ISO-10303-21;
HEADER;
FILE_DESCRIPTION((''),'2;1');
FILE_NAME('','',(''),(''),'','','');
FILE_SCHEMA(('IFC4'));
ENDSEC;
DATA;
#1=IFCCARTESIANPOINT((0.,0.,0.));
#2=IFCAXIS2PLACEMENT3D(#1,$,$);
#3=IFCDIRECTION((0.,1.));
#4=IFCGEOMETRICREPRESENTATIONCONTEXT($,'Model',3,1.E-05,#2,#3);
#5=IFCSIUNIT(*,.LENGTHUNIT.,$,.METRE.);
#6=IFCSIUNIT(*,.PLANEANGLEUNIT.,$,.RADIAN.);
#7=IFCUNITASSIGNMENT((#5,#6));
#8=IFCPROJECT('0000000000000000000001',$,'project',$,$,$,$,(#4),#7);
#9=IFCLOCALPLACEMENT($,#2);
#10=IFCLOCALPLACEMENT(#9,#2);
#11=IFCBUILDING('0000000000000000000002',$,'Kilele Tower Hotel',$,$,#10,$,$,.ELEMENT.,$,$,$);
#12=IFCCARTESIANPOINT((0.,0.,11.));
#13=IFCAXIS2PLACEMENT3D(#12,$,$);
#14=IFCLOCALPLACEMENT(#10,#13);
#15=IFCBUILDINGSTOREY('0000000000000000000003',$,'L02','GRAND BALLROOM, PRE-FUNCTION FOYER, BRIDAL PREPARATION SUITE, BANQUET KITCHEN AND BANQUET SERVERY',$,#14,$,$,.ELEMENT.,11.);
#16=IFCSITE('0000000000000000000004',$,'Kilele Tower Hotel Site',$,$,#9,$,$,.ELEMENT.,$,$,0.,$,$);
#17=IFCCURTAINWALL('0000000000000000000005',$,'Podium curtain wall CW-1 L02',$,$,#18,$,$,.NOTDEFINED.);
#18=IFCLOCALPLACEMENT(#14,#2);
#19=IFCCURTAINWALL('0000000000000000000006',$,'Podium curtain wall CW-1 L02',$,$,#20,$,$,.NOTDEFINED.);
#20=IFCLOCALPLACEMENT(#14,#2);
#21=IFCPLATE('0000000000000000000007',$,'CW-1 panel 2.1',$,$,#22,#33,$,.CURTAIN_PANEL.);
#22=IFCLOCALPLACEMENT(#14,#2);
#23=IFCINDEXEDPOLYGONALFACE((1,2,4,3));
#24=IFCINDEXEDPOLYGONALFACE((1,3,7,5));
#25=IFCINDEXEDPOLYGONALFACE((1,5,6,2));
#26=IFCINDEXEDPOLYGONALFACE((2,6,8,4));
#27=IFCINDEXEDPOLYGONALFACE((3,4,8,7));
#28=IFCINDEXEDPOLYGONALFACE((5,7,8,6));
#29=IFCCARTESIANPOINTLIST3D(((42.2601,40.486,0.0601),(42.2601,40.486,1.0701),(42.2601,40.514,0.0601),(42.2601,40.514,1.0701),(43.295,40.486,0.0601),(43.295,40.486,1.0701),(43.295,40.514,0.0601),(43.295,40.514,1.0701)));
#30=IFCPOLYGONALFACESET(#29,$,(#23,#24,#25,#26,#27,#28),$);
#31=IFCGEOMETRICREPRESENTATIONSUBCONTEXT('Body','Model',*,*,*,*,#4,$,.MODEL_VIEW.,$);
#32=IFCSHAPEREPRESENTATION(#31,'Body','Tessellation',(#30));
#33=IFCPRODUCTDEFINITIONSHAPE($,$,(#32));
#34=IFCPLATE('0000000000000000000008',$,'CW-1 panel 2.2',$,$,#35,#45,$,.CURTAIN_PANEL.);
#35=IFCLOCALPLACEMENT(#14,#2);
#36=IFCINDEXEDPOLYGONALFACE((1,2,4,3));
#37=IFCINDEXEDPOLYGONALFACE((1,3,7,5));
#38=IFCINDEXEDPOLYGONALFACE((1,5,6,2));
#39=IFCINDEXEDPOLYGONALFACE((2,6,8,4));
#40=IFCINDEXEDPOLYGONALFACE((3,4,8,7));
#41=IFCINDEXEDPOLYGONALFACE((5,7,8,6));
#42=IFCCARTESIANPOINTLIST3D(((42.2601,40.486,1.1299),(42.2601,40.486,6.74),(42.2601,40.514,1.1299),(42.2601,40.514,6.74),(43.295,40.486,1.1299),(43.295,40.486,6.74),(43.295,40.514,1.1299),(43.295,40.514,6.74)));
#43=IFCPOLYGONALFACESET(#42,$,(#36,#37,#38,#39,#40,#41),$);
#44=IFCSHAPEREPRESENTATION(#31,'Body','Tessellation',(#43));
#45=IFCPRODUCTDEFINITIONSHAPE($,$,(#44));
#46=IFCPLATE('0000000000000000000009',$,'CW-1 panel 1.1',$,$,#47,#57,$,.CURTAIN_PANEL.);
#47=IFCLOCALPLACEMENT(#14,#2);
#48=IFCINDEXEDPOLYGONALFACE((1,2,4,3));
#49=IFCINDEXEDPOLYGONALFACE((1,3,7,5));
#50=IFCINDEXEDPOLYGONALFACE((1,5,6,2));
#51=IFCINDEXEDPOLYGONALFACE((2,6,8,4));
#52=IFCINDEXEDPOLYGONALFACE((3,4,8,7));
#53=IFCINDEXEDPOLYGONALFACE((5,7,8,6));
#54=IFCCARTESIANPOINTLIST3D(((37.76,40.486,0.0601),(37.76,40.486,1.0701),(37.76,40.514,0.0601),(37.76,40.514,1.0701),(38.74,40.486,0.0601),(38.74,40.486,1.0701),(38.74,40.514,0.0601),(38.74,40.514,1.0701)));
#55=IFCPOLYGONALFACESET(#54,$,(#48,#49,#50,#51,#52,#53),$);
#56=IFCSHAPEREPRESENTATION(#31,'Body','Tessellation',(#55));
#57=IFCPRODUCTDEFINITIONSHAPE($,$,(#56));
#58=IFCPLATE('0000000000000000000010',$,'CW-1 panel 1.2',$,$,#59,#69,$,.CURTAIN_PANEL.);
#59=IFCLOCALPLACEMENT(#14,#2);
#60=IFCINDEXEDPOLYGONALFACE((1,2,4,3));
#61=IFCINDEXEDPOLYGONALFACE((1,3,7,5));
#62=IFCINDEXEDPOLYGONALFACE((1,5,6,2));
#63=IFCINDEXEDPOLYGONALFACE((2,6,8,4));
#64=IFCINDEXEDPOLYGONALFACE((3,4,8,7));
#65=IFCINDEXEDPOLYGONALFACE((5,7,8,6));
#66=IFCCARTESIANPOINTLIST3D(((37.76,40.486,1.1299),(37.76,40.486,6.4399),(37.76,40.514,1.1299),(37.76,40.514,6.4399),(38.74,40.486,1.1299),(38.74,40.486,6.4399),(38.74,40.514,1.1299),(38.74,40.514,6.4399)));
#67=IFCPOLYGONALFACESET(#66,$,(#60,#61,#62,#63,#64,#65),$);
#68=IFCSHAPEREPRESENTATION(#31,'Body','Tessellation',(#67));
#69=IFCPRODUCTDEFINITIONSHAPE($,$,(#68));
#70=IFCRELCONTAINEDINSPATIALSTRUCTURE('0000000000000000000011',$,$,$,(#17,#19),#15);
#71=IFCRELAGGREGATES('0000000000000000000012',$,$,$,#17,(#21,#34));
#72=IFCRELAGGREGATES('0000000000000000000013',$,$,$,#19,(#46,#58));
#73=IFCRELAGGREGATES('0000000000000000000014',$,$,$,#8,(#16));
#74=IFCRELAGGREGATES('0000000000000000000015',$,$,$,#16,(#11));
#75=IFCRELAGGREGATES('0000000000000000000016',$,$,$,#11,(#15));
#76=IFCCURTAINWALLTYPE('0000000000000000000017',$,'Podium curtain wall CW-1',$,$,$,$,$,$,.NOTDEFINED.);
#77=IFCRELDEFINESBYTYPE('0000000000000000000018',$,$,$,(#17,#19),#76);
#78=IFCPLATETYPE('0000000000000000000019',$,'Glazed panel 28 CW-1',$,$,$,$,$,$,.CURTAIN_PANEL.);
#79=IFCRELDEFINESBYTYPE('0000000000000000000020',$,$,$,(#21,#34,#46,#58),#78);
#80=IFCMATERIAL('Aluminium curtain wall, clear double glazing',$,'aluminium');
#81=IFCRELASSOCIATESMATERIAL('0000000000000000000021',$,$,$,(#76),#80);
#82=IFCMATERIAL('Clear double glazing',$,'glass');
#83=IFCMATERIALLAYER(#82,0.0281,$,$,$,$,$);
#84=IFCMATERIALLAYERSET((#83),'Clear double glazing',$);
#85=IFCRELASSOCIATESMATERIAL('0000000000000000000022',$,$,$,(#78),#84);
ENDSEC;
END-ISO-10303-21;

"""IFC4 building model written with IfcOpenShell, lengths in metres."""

from ifc_helpers import new_model, si_unit, direction, frame, origin, origin_2d, place, context, subcontext, project, spatial, rectangle, extrude, material, layer, layer_set, type_object, element, aggregate, save


model = new_model("IFC4")

# Units and contexts
model_context = context("Model", 3, precision=1e-05, world=origin(), true_north=direction((0.0, 1.0)))
body_context = subcontext(model_context, "Body", "Model", "MODEL_VIEW")
ifc_project = project(units=[si_unit("LENGTHUNIT", "METRE"), si_unit("PLANEANGLEUNIT", "RADIAN")], contexts=[model_context])

# Site, building, storey
site_placement = place(None, origin())
site = spatial("IfcSite", under=ifc_project, at=site_placement, Name="Kilele Tower Hotel Site", CompositionType="ELEMENT", RefElevation=0.0)
building_placement = place(site_placement, origin())
building = spatial("IfcBuilding", under=site, at=building_placement, Name="Kilele Tower Hotel", CompositionType="ELEMENT")
storey_placement = place(building_placement, frame((0.0, 0.0, 11.0)))
storey = spatial("IfcBuildingStorey", under=building, at=storey_placement, Name="L02", Description="GRAND BALLROOM, PRE-FUNCTION FOYER, BRIDAL PREPARATION SUITE, BANQUET KITCHEN AND BANQUET SERVERY", CompositionType="ELEMENT", Elevation=11.0)

# Shared definitions
ifc_material_1 = material(Name="Aluminium curtain wall, clear double glazing", Category="aluminium")
curtain_wall_type = type_object("IfcCurtainWallType", Name="Podium curtain wall CW-1", PredefinedType="NOTDEFINED", material=ifc_material_1)

# Curtain walls
curtain_wall_1_placement = place(storey_placement, origin())
curtain_wall_1 = element("IfcCurtainWall", 1, at=curtain_wall_1_placement, inside=storey, type_object=curtain_wall_type, Name="Podium curtain wall CW-1 L02", PredefinedType="NOTDEFINED")
curtain_wall_2_placement = place(storey_placement, origin())
curtain_wall_2 = element("IfcCurtainWall", 2, at=curtain_wall_2_placement, inside=storey, type_object=curtain_wall_type, Name="Podium curtain wall CW-1 L02", PredefinedType="NOTDEFINED")

# Plates
ifc_material_2 = material(Name="Clear double glazing", Category="glass")
ifc_layer = layer(ifc_material_2, 0.0281)
ifc_layer_set = layer_set([ifc_layer], Name="Clear double glazing")
plate_type = type_object("IfcPlateType", Name="Glazed panel 28 CW-1", PredefinedType="CURTAIN_PANEL", material=ifc_layer_set)
plate_1_placement = place(storey_placement, frame((42.7776, 40.5, 0.0601), z_axis=(0.0, 0.0, 1.0), x_axis=(-1.0, 0.0, 0.0)))
plate_1 = element("IfcPlate", 3, at=plate_1_placement, type_object=plate_type, Name="CW-1 panel 2.1", PredefinedType="CURTAIN_PANEL", context=body_context, shape_type="SweptSolid", body=[
    extrude(rectangle(XDim=1.0349, YDim=0.0281, at=origin_2d()), origin(), (0.0, 0.0, 1.0), 1.01),
])
plate_2_placement = place(storey_placement, frame((42.7776, 40.5, 1.1299), z_axis=(0.0, 0.0, 1.0), x_axis=(-1.0, 0.0, 0.0)))
plate_2 = element("IfcPlate", 4, at=plate_2_placement, type_object=plate_type, Name="CW-1 panel 2.2", PredefinedType="CURTAIN_PANEL", context=body_context, shape_type="SweptSolid", body=[
    extrude(rectangle(XDim=1.0349, YDim=0.0281, at=origin_2d()), origin(), (0.0, 0.0, 1.0), 5.6101),
])
aggregate(curtain_wall_1, [plate_1, plate_2])
plate_3_placement = place(storey_placement, frame((38.25, 40.5, 0.0601), z_axis=(0.0, 0.0, 1.0), x_axis=(-1.0, 0.0, 0.0)))
plate_3 = element("IfcPlate", 5, at=plate_3_placement, type_object=plate_type, Name="CW-1 panel 1.1", PredefinedType="CURTAIN_PANEL", context=body_context, shape_type="SweptSolid", body=[
    extrude(rectangle(XDim=0.98, YDim=0.0281, at=origin_2d()), origin(), (0.0, 0.0, 1.0), 1.01),
])
plate_4_placement = place(storey_placement, frame((38.25, 40.5, 1.1299), z_axis=(0.0, 0.0, 1.0), x_axis=(-1.0, 0.0, 0.0)))
plate_4 = element("IfcPlate", 6, at=plate_4_placement, type_object=plate_type, Name="CW-1 panel 1.2", PredefinedType="CURTAIN_PANEL", context=body_context, shape_type="SweptSolid", body=[
    extrude(rectangle(XDim=0.98, YDim=0.0281, at=origin_2d()), origin(), (0.0, 0.0, 1.0), 5.3101),
])
aggregate(curtain_wall_2, [plate_3, plate_4])

save(model, "model.ifc")
